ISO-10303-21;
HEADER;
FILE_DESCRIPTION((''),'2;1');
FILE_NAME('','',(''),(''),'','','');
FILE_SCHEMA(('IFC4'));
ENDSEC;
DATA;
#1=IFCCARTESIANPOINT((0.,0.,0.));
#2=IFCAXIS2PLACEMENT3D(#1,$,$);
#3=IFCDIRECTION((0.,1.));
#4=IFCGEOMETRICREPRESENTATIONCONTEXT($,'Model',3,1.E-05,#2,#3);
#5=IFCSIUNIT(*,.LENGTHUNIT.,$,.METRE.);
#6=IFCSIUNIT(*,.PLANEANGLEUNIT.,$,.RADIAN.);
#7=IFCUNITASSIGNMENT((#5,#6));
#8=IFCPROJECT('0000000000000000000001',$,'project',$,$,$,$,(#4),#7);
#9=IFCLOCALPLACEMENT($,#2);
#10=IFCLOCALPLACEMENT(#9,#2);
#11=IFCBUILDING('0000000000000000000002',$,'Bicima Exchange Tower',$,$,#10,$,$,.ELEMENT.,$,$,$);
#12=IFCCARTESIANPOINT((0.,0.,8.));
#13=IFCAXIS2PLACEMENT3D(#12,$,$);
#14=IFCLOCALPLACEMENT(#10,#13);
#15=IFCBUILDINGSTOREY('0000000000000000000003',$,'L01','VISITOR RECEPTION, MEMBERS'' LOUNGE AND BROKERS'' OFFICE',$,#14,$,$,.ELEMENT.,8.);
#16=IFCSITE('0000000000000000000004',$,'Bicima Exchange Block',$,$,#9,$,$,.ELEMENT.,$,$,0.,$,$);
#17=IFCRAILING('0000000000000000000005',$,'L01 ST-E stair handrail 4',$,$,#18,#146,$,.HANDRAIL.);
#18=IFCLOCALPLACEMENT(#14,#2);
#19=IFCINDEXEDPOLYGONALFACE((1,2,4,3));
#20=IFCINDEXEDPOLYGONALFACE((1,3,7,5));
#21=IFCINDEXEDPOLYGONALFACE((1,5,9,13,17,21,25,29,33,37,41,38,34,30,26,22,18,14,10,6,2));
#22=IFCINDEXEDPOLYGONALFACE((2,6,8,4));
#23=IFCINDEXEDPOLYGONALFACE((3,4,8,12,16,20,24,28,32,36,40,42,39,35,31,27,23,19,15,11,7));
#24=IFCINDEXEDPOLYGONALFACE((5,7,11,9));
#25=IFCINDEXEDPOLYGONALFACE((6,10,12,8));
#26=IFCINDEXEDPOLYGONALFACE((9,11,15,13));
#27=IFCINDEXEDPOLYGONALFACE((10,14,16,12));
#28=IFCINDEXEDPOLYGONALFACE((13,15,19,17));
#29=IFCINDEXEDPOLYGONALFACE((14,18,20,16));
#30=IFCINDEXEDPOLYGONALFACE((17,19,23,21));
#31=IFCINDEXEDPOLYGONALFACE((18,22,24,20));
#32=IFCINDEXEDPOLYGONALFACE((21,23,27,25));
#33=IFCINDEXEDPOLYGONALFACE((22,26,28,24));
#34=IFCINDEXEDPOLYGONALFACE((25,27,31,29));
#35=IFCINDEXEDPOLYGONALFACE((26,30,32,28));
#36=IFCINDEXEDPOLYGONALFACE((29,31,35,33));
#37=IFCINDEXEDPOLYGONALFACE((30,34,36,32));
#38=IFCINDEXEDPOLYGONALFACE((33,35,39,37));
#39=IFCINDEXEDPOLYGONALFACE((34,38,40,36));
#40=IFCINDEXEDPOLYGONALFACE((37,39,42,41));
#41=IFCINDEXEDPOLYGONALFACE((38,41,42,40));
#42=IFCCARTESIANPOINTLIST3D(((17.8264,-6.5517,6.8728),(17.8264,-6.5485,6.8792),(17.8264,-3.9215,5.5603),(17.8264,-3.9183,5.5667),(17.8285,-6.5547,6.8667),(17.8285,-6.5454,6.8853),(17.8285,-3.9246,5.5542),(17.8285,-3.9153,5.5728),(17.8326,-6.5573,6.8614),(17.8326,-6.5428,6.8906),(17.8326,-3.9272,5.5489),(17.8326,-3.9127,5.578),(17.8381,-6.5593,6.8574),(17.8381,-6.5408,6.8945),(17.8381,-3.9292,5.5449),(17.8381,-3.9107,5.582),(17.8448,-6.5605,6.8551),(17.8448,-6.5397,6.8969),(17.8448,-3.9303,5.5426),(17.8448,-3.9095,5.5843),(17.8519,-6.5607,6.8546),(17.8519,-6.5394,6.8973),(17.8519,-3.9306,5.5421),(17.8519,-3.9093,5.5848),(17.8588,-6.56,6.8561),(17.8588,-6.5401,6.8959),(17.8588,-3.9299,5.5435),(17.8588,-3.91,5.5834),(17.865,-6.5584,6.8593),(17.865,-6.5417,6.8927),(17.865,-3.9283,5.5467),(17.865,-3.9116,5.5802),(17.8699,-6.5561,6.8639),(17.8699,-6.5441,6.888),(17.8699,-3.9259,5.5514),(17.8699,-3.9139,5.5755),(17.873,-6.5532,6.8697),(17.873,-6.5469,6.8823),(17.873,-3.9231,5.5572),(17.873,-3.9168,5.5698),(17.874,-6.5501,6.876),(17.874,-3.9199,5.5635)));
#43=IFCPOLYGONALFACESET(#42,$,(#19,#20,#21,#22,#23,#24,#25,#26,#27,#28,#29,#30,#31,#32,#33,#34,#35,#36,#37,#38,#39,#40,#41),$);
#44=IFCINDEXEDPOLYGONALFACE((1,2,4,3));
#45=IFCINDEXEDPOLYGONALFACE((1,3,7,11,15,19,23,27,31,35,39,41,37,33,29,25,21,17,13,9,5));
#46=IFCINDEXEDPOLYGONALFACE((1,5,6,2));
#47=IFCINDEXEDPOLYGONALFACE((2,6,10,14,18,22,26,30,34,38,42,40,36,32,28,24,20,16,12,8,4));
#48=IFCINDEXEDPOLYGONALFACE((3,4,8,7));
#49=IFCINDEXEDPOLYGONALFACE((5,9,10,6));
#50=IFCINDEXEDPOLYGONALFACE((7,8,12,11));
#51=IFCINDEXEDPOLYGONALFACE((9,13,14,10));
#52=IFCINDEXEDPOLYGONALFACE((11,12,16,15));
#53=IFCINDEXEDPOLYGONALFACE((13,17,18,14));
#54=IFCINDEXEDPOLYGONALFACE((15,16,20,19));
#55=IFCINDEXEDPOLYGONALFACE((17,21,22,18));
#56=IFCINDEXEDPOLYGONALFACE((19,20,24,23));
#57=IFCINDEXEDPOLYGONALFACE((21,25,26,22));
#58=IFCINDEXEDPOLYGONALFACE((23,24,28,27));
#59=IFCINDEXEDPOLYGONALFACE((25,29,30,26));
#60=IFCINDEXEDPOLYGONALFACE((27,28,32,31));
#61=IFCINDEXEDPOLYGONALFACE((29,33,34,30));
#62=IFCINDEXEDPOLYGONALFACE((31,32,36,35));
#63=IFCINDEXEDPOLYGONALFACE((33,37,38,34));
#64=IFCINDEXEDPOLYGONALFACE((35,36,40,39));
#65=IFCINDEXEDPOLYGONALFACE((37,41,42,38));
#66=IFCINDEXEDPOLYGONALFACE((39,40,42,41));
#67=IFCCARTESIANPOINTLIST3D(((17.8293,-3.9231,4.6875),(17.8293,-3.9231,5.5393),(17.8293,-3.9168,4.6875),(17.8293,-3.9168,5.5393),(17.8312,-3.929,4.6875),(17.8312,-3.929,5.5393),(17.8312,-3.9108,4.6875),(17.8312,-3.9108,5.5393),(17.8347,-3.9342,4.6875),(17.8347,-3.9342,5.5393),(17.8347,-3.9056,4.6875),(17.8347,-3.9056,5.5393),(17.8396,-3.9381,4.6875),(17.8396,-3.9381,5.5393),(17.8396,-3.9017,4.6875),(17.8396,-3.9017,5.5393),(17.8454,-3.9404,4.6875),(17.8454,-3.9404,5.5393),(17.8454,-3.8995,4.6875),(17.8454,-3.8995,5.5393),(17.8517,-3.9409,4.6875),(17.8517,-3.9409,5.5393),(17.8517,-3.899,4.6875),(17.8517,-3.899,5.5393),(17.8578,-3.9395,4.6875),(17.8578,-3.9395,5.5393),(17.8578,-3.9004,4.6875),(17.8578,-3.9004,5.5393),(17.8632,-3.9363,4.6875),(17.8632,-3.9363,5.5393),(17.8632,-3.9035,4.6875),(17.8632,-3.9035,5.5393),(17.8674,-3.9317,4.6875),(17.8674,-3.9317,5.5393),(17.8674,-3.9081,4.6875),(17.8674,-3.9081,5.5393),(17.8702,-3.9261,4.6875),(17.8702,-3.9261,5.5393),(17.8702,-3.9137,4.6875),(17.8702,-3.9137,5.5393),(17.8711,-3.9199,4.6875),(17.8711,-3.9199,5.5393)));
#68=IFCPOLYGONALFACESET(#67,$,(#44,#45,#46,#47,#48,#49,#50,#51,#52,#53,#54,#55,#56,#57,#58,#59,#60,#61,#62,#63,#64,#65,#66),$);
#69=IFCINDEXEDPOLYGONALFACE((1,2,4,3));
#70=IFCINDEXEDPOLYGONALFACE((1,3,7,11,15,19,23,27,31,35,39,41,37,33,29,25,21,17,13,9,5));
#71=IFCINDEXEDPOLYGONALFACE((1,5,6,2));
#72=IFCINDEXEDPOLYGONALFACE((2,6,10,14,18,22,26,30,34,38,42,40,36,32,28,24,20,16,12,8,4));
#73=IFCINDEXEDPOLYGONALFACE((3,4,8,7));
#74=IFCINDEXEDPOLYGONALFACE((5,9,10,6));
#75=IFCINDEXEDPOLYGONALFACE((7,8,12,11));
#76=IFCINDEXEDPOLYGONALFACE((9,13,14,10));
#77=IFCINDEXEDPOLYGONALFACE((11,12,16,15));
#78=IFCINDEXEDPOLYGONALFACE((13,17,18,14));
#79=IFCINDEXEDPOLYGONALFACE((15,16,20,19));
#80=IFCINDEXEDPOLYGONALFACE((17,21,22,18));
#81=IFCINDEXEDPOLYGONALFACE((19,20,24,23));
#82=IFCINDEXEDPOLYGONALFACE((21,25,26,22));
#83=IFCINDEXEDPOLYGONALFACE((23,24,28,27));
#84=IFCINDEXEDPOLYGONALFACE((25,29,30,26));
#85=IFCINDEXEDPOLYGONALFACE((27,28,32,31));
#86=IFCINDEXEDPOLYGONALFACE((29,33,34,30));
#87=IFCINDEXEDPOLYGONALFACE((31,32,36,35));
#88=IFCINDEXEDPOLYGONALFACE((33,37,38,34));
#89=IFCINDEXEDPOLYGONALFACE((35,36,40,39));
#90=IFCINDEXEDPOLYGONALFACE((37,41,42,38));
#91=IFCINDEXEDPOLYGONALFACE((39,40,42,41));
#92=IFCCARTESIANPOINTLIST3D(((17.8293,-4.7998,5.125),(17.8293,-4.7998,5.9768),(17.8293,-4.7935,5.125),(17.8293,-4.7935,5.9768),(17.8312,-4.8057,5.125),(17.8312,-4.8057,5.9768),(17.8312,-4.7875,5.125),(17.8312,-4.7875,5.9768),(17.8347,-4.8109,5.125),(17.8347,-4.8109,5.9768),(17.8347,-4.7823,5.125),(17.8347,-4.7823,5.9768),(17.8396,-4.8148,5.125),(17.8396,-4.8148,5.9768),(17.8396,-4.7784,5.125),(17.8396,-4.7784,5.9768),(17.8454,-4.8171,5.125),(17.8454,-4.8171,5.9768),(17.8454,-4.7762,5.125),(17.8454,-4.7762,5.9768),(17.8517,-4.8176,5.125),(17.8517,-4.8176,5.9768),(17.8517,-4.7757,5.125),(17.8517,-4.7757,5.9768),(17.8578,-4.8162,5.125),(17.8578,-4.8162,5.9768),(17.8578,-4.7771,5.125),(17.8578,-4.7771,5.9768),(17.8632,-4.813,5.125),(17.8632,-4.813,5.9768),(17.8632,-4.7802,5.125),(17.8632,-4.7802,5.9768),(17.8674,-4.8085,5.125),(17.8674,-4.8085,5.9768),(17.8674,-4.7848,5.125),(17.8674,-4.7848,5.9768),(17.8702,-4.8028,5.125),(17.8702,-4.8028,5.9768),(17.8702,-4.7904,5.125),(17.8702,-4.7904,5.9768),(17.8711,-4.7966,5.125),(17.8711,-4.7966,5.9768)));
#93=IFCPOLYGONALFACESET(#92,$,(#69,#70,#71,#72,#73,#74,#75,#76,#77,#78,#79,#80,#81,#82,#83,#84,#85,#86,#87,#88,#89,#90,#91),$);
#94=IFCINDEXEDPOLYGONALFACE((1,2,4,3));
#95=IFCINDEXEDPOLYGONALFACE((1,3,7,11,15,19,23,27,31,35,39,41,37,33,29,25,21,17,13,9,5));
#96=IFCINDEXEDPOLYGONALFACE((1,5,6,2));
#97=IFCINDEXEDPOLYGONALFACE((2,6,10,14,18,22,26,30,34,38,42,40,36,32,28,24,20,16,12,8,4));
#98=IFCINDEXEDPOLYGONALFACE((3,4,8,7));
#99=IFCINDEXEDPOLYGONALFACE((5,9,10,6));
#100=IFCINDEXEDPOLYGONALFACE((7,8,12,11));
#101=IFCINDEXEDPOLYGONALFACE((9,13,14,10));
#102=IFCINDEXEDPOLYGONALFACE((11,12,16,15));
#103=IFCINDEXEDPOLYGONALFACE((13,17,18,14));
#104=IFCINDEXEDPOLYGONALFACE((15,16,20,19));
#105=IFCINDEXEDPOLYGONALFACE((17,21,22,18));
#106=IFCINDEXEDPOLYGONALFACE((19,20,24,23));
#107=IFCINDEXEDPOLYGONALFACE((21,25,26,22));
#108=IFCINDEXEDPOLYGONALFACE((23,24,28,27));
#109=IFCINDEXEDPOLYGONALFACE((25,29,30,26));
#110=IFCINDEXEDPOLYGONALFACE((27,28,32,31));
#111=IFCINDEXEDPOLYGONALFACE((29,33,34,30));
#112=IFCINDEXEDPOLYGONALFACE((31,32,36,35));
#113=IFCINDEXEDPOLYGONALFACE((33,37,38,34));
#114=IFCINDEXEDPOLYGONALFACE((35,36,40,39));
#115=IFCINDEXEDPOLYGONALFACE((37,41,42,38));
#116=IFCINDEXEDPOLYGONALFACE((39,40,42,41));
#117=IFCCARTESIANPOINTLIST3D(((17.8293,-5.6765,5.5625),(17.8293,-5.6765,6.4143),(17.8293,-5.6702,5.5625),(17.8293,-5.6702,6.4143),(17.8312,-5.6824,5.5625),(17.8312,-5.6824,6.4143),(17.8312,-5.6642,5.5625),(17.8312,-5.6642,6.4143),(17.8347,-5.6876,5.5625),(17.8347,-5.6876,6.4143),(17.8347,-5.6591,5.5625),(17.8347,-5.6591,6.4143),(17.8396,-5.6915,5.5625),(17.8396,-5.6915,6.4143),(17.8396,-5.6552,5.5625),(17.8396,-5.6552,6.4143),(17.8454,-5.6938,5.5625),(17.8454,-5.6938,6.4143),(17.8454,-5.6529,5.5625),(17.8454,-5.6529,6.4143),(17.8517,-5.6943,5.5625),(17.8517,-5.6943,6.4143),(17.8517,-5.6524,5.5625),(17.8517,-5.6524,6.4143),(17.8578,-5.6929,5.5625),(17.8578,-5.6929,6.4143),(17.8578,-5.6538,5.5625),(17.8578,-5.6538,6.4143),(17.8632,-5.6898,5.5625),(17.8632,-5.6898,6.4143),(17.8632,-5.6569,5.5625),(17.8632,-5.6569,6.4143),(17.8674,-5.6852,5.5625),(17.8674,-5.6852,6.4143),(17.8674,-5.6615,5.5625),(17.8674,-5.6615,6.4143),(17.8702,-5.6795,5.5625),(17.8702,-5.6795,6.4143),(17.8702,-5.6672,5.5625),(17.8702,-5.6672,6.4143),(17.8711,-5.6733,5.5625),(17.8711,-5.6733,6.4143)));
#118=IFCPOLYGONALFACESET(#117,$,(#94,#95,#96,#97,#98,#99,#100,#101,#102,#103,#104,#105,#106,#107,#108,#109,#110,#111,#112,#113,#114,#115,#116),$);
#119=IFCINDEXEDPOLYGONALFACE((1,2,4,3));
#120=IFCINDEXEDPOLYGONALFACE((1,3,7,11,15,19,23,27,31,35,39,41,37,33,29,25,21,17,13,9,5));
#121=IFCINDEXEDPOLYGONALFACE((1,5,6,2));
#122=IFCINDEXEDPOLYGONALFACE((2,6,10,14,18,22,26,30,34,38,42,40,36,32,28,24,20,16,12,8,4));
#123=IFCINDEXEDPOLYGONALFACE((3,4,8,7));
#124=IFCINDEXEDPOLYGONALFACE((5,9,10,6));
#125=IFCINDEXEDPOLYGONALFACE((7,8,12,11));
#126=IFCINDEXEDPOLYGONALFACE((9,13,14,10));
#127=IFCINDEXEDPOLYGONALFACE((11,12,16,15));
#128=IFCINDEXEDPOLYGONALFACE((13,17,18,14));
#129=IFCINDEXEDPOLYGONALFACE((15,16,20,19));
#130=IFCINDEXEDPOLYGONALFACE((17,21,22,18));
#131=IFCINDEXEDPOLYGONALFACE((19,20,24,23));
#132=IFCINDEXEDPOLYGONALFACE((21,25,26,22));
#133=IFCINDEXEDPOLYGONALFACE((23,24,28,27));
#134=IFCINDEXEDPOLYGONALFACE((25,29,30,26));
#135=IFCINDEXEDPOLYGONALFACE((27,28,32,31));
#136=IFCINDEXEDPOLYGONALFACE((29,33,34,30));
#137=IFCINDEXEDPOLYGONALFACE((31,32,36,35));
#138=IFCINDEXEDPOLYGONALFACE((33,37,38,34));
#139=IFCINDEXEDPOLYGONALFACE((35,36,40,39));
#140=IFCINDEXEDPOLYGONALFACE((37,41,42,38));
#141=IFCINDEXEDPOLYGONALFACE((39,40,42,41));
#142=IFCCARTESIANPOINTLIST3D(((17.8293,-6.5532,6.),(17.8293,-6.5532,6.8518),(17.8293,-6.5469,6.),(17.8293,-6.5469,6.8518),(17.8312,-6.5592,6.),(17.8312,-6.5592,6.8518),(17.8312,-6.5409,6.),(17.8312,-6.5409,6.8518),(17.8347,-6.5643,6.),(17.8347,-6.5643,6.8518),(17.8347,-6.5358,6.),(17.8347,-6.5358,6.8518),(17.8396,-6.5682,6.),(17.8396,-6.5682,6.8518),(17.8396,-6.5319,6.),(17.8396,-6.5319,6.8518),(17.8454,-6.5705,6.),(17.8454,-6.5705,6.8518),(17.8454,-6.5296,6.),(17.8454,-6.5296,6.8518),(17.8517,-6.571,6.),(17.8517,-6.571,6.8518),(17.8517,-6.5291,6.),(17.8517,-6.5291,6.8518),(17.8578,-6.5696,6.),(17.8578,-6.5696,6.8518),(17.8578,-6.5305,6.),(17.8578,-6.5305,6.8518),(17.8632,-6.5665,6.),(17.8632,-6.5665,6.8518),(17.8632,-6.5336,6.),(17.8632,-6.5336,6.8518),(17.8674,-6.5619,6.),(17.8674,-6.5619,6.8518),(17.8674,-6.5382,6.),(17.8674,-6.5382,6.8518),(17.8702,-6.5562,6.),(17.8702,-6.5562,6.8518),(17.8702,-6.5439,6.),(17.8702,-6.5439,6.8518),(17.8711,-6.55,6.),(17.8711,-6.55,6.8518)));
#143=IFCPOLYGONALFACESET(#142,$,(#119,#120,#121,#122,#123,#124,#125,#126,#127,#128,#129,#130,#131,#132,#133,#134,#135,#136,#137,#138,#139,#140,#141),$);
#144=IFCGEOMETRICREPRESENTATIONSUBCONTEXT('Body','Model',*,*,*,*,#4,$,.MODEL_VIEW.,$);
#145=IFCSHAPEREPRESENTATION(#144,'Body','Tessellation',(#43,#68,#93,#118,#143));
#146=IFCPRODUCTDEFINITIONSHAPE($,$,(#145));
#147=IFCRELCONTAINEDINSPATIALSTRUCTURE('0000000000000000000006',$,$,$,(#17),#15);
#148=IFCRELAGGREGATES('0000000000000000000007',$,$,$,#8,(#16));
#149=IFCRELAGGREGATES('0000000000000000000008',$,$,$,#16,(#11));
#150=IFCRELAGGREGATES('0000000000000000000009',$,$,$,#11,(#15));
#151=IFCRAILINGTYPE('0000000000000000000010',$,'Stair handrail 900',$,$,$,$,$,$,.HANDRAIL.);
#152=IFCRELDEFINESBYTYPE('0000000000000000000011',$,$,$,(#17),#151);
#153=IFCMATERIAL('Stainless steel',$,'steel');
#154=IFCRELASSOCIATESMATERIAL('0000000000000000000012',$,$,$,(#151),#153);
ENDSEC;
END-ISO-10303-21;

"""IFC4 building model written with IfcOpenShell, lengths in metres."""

from ifc_helpers import new_model, si_unit, direction, frame, origin, origin_2d, place, context, subcontext, project, spatial, circle, extrude, material, type_object, element, save


model = new_model("IFC4")

# Units and contexts
model_context = context("Model", 3, precision=1e-05, world=origin(), true_north=direction((0.0, 1.0)))
body_context = subcontext(model_context, "Body", "Model", "MODEL_VIEW")
ifc_project = project(units=[si_unit("LENGTHUNIT", "METRE"), si_unit("PLANEANGLEUNIT", "RADIAN")], contexts=[model_context])

# Site, building, storey
site_placement = place(None, origin())
site = spatial("IfcSite", under=ifc_project, at=site_placement, Name="Bicima Exchange Block", CompositionType="ELEMENT", RefElevation=0.0)
building_placement = place(site_placement, origin())
building = spatial("IfcBuilding", under=site, at=building_placement, Name="Bicima Exchange Tower", CompositionType="ELEMENT")
storey_placement = place(building_placement, frame((0.0, 0.0, 8.0)))
storey = spatial("IfcBuildingStorey", under=building, at=storey_placement, Name="L01", Description="VISITOR RECEPTION, MEMBERS' LOUNGE AND BROKERS' OFFICE", CompositionType="ELEMENT", Elevation=8.0)

# Railing
ifc_material_1 = material(Name="Stainless steel", Category="steel")
railing_type_1 = type_object("IfcRailingType", Name="Stair handrail 900", PredefinedType="HANDRAIL", material=ifc_material_1)
railing_1_placement = place(storey_placement, frame((17.8501, -3.9199, 4.6875)))
element("IfcRailing", 1, at=railing_1_placement, inside=storey, type_object=railing_type_1, Name="L01 ST-E stair handrail 4", PredefinedType="HANDRAIL", context=body_context, shape_type="SweptSolid", body=[
    extrude(circle(Radius=0.0239, at=origin_2d()), frame((0.0, 0.0, 0.876), z_axis=(0.0, -0.894776, 0.446516), x_axis=(1.0, 0.0, 0.0)), (0.0, 0.0, 1.0), 2.9395),
    extrude(circle(Radius=0.021, at=origin_2d()), origin(), (0.0, 0.0, 1.0), 0.8518),
    extrude(circle(Radius=0.021, at=origin_2d()), frame((0.0, -0.8767, 0.4375)), (0.0, 0.0, 1.0), 0.8518),
    extrude(circle(Radius=0.021, at=origin_2d()), frame((0.0, -1.7534, 0.875)), (0.0, 0.0, 1.0), 0.8518),
    extrude(circle(Radius=0.021, at=origin_2d()), frame((0.0, -2.6301, 1.3125)), (0.0, 0.0, 1.0), 0.8518),
])

save(model, "model.ifc")
